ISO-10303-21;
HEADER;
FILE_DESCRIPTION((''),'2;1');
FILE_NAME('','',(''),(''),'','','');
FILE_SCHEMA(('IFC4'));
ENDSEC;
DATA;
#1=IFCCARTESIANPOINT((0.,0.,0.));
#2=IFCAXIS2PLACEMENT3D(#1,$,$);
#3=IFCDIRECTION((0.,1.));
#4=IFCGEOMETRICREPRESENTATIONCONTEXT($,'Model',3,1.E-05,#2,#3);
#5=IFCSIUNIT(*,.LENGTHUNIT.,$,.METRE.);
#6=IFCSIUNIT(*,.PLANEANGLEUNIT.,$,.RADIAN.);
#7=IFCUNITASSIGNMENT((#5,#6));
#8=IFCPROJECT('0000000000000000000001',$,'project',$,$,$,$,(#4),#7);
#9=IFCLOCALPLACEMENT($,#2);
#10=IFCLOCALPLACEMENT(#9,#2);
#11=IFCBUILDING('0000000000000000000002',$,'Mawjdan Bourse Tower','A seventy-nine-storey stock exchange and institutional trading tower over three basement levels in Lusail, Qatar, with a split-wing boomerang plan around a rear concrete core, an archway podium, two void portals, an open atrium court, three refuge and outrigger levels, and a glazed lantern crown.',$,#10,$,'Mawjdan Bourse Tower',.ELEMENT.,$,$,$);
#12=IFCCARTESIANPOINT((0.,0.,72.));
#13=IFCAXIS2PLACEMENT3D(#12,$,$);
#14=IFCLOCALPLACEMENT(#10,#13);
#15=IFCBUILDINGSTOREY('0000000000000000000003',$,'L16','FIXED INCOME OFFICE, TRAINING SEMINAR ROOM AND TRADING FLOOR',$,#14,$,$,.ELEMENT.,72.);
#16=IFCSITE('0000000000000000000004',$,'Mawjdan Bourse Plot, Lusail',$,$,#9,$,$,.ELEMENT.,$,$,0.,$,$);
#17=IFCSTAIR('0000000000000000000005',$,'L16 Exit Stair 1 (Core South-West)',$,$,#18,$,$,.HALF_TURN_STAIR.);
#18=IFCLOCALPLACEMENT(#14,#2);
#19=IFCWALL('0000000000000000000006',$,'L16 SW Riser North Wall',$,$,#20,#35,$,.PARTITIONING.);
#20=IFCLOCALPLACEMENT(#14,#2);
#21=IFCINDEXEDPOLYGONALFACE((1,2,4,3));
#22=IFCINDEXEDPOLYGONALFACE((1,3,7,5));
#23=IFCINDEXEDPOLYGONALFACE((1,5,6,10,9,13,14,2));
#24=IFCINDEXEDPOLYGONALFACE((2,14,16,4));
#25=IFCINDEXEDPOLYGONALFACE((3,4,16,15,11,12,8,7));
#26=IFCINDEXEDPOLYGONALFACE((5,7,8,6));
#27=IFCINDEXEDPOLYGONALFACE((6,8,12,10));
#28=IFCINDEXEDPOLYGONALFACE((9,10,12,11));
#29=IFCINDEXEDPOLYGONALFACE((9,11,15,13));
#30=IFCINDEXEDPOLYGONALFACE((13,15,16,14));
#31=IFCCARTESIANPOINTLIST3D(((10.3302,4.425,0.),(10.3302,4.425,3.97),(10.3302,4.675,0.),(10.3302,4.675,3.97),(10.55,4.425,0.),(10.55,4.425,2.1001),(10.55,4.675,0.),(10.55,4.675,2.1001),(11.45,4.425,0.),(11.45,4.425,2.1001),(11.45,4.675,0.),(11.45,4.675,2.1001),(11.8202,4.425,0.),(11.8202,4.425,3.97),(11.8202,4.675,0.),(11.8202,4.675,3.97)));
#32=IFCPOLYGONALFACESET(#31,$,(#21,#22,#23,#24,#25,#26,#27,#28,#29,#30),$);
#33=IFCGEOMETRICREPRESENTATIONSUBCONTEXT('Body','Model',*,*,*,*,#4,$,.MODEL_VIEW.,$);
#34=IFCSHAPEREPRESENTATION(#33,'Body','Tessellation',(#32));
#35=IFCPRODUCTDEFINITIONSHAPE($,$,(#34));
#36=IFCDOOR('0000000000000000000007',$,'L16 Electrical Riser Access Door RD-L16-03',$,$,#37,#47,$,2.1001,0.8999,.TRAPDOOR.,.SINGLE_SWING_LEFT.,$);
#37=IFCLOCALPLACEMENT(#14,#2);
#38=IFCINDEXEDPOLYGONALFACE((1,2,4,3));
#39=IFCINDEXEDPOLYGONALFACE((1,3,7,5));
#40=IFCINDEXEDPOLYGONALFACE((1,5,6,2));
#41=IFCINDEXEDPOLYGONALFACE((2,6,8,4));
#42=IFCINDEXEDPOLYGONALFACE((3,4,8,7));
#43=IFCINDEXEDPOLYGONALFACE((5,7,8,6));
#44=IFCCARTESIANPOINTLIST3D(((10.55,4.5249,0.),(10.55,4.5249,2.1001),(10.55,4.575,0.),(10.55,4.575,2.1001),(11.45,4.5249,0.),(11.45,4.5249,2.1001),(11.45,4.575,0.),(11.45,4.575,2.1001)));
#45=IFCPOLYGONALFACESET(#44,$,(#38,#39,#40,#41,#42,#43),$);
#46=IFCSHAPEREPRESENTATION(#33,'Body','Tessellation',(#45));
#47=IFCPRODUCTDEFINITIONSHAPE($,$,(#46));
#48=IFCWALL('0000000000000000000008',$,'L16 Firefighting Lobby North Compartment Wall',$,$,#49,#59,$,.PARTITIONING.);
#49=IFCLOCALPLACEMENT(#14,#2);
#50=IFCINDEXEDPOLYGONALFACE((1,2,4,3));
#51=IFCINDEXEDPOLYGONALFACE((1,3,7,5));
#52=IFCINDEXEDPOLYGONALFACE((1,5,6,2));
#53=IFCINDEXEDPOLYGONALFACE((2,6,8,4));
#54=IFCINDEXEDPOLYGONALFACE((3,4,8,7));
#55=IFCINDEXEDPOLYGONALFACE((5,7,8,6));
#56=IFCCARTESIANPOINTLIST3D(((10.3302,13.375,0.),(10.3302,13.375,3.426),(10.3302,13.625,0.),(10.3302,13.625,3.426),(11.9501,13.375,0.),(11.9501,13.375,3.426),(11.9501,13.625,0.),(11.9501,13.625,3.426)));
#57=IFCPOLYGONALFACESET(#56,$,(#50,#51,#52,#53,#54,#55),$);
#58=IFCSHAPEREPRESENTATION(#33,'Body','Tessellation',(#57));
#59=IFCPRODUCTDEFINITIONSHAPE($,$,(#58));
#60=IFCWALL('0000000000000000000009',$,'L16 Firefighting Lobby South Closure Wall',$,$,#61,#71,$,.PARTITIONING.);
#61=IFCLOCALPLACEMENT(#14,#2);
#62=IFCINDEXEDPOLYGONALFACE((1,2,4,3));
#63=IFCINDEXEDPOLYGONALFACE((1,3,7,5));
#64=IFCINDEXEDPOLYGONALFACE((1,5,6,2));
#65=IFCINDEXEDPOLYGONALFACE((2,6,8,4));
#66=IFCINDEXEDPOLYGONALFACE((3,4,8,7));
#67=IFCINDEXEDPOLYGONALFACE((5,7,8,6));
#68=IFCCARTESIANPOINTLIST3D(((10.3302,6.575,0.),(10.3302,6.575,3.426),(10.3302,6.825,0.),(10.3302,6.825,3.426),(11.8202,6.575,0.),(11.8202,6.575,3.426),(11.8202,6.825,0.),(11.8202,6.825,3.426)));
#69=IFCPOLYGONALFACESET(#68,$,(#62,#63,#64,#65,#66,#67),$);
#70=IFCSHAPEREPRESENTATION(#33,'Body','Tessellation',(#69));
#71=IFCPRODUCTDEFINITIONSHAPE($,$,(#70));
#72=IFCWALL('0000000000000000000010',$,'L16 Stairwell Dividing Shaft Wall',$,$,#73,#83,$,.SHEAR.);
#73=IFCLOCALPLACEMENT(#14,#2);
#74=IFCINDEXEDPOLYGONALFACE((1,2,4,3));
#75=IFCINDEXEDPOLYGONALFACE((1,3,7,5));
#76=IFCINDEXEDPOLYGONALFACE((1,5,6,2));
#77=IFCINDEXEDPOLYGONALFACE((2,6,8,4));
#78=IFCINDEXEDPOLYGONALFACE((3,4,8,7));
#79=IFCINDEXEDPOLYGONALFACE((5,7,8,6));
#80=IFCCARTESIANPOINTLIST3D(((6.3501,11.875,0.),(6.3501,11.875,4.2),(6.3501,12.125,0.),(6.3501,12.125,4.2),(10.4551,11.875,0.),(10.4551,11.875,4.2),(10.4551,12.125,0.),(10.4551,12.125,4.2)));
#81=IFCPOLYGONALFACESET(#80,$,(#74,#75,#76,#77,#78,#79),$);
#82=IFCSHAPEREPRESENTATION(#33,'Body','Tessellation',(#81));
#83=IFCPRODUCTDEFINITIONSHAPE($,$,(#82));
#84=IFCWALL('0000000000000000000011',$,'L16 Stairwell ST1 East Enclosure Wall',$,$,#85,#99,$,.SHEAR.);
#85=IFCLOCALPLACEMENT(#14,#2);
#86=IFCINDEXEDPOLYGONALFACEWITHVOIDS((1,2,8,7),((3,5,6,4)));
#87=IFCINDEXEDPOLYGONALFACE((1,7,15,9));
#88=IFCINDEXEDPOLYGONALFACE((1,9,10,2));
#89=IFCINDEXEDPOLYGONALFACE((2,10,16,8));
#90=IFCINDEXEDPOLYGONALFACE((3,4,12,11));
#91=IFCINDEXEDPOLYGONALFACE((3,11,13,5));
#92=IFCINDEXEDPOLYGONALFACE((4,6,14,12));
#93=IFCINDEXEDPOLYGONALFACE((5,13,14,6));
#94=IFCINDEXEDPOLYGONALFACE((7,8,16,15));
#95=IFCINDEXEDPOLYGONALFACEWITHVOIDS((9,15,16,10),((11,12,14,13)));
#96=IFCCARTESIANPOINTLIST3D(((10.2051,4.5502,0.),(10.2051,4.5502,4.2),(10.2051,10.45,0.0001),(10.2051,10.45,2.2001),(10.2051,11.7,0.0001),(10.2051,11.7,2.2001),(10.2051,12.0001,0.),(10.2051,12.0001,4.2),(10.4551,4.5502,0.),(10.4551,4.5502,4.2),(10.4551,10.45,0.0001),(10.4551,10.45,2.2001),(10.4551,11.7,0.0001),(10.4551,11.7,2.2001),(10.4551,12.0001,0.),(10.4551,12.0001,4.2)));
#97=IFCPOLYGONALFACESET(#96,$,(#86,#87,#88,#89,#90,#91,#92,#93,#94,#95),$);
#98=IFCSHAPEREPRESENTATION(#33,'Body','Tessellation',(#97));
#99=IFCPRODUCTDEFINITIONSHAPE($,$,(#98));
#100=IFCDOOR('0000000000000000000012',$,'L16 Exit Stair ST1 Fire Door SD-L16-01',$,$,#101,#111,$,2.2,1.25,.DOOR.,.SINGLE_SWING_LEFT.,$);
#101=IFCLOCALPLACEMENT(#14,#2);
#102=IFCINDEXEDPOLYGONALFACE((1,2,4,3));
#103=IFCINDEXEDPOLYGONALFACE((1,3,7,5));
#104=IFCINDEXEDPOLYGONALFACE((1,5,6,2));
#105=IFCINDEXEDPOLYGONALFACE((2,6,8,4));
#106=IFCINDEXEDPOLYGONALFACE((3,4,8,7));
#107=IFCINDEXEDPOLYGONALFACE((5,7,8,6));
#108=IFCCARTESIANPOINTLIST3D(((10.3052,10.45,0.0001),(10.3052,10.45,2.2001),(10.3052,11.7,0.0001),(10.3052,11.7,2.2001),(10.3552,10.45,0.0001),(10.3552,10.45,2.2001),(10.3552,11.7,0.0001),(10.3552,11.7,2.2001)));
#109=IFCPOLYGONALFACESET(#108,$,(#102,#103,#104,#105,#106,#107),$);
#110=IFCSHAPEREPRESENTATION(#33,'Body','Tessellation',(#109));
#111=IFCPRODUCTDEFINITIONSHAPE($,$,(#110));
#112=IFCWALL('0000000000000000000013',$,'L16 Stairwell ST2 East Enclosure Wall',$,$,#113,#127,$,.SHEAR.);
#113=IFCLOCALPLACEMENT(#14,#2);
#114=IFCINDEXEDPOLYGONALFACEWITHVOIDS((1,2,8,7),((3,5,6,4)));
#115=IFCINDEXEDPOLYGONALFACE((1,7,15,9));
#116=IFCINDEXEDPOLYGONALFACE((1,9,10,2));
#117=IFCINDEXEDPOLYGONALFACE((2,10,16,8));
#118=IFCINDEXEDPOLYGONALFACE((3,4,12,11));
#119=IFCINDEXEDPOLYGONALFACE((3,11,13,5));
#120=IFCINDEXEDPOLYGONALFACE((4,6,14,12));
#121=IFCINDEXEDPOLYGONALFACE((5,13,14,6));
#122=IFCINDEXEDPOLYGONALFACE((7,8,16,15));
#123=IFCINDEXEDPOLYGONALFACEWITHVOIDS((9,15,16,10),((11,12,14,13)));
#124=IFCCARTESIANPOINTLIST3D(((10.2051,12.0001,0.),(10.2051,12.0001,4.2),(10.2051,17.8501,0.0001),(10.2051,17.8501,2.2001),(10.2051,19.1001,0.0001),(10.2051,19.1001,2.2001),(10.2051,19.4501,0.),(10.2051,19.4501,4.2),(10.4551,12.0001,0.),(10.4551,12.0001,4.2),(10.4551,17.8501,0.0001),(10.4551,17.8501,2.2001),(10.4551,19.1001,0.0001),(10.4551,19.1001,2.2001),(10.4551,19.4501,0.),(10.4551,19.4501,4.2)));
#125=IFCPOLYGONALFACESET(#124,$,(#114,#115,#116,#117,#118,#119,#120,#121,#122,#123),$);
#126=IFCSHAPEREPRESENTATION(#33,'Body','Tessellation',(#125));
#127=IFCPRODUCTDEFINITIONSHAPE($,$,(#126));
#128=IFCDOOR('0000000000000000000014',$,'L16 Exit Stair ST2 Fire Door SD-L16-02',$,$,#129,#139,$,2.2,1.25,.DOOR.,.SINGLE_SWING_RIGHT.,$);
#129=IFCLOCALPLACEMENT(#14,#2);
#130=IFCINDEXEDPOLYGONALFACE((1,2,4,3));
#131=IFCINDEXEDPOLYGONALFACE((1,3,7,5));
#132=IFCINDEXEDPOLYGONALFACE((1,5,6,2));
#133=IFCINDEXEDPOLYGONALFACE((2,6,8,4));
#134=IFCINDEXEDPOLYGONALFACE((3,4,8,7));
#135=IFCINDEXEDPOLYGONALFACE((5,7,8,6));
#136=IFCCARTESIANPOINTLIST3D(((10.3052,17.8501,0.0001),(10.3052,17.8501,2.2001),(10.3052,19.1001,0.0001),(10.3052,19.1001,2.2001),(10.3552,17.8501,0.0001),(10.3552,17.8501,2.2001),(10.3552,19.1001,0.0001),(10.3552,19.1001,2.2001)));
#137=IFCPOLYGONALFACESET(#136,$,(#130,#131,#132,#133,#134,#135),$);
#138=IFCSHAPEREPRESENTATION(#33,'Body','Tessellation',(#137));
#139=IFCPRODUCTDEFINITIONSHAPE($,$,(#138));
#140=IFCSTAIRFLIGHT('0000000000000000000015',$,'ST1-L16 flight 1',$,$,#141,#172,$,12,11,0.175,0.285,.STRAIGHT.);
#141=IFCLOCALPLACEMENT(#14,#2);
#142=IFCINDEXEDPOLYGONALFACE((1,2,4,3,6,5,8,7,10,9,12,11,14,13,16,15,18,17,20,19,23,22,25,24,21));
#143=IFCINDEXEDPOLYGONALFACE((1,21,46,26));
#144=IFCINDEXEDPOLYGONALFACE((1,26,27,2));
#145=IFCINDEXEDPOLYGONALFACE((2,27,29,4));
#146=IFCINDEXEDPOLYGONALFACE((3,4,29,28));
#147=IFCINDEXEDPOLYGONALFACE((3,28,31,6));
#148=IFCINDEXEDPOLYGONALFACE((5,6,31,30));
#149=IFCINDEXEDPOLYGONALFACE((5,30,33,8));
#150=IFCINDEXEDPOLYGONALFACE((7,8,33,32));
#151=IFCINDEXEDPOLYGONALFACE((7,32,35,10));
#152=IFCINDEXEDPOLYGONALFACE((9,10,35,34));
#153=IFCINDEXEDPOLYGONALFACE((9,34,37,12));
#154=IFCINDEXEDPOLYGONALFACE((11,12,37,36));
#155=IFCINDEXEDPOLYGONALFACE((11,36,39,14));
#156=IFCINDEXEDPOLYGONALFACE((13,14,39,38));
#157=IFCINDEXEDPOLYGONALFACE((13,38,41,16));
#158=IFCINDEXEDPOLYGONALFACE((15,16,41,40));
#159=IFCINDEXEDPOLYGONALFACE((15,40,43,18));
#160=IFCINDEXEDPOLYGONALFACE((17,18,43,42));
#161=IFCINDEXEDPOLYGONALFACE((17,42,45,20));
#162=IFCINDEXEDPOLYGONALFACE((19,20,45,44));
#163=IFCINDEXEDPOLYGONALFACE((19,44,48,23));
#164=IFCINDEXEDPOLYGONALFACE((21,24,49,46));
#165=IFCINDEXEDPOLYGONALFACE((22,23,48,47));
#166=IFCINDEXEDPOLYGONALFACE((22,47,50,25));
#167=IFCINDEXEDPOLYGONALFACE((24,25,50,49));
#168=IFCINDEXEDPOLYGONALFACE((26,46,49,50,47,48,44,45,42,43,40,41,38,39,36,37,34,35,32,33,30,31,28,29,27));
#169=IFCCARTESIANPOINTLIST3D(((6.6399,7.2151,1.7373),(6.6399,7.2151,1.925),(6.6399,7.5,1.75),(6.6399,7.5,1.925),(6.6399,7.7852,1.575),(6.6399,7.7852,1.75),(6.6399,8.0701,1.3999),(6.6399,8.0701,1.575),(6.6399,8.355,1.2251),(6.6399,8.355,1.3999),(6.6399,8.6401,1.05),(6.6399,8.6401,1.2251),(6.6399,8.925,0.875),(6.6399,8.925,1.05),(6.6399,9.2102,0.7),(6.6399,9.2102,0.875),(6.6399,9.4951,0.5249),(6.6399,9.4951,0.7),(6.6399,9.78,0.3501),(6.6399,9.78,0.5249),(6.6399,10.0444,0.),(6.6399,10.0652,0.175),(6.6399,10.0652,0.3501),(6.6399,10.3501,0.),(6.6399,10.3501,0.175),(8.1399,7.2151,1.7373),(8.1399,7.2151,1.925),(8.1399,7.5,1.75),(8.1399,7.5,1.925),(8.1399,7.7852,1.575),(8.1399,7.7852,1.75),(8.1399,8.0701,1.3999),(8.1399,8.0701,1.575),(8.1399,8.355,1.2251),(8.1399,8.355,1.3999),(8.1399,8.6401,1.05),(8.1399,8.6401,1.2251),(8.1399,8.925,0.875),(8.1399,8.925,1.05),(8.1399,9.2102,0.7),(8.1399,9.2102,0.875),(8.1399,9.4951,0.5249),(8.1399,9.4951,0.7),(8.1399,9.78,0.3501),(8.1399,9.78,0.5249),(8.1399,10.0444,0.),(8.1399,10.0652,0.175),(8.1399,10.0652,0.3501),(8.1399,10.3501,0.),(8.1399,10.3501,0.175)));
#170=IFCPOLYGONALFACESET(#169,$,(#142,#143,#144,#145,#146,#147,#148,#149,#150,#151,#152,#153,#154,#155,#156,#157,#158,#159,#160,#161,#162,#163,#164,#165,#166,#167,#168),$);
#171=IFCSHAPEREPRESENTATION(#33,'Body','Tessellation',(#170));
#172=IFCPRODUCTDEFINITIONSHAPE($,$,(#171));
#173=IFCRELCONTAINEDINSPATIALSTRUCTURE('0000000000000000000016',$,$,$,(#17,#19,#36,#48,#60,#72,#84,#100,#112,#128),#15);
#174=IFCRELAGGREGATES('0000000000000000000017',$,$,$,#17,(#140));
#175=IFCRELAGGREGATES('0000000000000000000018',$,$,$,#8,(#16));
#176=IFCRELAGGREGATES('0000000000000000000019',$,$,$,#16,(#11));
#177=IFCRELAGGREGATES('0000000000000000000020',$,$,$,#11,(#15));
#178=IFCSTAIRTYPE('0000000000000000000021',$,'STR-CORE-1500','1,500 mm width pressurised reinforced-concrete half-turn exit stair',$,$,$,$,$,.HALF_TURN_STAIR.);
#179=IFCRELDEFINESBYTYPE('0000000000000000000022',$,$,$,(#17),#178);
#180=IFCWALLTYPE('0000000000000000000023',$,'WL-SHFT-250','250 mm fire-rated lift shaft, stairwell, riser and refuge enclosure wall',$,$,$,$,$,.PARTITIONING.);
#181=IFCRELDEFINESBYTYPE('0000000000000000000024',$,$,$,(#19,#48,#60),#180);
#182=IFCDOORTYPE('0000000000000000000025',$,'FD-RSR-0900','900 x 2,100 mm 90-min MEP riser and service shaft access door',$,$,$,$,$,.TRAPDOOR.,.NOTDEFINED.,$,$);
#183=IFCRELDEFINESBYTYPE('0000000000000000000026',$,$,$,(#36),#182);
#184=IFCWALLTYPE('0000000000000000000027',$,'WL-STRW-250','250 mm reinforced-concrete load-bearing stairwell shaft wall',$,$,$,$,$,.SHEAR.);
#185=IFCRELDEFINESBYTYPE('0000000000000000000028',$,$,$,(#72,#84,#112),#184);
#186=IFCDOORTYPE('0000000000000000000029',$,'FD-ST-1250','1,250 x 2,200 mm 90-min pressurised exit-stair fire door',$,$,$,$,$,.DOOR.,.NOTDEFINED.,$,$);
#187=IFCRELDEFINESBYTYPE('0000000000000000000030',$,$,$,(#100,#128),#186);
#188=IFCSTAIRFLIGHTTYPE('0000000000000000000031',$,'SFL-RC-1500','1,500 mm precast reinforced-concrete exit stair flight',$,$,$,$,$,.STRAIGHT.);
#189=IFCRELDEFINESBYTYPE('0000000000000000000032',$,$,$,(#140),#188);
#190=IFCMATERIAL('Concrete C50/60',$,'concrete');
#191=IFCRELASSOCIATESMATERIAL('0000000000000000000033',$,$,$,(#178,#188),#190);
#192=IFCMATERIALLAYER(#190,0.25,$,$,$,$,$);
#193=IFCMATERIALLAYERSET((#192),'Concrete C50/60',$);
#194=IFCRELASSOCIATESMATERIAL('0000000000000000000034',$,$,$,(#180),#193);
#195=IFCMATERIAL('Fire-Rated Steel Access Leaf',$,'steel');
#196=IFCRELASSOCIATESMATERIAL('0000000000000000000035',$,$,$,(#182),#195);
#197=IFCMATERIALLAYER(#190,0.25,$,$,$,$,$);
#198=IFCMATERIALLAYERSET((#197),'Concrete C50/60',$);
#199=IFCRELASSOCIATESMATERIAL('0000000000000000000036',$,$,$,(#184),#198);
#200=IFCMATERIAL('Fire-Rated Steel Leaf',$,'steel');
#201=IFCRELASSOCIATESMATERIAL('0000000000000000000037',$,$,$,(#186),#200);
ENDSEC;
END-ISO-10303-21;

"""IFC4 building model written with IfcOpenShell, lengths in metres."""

from ifc_helpers import new_model, si_unit, direction, frame, frame_2d, origin, place, context, subcontext, project, spatial, polyline, rectangle, outline, extrude, material, layer, layer_set, type_object, element, fill, aggregate, save


model = new_model("IFC4")

# Units and contexts
model_context = context("Model", 3, precision=1e-05, world=origin(), true_north=direction((0.0, 1.0)))
body_context = subcontext(model_context, "Body", "Model", "MODEL_VIEW")
ifc_project = project(units=[si_unit("LENGTHUNIT", "METRE"), si_unit("PLANEANGLEUNIT", "RADIAN")], contexts=[model_context])

# Site, building, storey
site_placement = place(None, origin())
site = spatial("IfcSite", under=ifc_project, at=site_placement, Name="Mawjdan Bourse Plot, Lusail", CompositionType="ELEMENT", RefElevation=0.0)
building_placement = place(site_placement, origin())
building = spatial("IfcBuilding", under=site, at=building_placement, Name="Mawjdan Bourse Tower", Description="A seventy-nine-storey stock exchange and institutional trading tower over three basement levels in Lusail, Qatar, with a split-wing boomerang plan around a rear concrete core, an archway podium, two void portals, an open atrium court, three refuge and outrigger levels, and a glazed lantern crown.", LongName="Mawjdan Bourse Tower", CompositionType="ELEMENT")
storey_placement = place(building_placement, frame((0.0, 0.0, 72.0)))
storey = spatial("IfcBuildingStorey", under=building, at=storey_placement, Name="L16", Description="FIXED INCOME OFFICE, TRAINING SEMINAR ROOM AND TRADING FLOOR", CompositionType="ELEMENT", Elevation=72.0)

# Stair
ifc_material_1 = material(Name="Concrete C50/60", Category="concrete")
stair_type = type_object("IfcStairType", Name="STR-CORE-1500", Description="1,500 mm width pressurised reinforced-concrete half-turn exit stair", PredefinedType="HALF_TURN_STAIR", material=ifc_material_1)
stair_1_placement = place(storey_placement, origin())
stair_1 = element("IfcStair", 1, at=stair_1_placement, inside=storey, type_object=stair_type, Name="L16 Exit Stair 1 (Core South-West)", PredefinedType="HALF_TURN_STAIR")

# Wall, opening, door
ifc_layer_1 = layer(ifc_material_1, 0.25)
ifc_layer_set_1 = layer_set([ifc_layer_1], Name="Concrete C50/60")
wall_type_1 = type_object("IfcWallType", Name="WL-SHFT-250", Description="250 mm fire-rated lift shaft, stairwell, riser and refuge enclosure wall", PredefinedType="PARTITIONING", material=ifc_layer_set_1)
wall_1_placement = place(storey_placement, frame((10.3301, 4.55, 0.0), z_axis=(0.0, 0.0, 1.0), x_axis=(1.0, 0.0, 0.0)))
wall_1 = element("IfcWall", 2, at=wall_1_placement, inside=storey, type_object=wall_type_1, Name="L16 SW Riser North Wall", PredefinedType="PARTITIONING", context=body_context, shape_type="SweptSolid", body=[
    extrude(rectangle(XDim=1.49, YDim=0.25, at=frame_2d((0.7451, 0.0))), origin(), (0.0, 0.0, 1.0), 3.97),
])
opening_1_placement = place(wall_1_placement, frame((0.22, 0.0, 0.0)))
opening_1 = element("IfcOpeningElement", 3, at=opening_1_placement, cuts=wall_1, PredefinedType="OPENING", context=body_context, shape_type="SweptSolid", body=[
    extrude(rectangle(XDim=0.8999, YDim=2.1001, at=frame_2d((0.45, 1.05))), frame((0.0, 0.135, 0.0), z_axis=(0.0, -1.0, 0.0), x_axis=(1.0, 0.0, 0.0)), (0.0, 0.0, 1.0), 0.27),
])
ifc_material_2 = material(Name="Fire-Rated Steel Access Leaf", Category="steel")
door_type_1 = type_object("IfcDoorType", Name="FD-RSR-0900", Description="900 x 2,100 mm 90-min MEP riser and service shaft access door", OperationType="NOTDEFINED", PredefinedType="TRAPDOOR", material=ifc_material_2)
door_1_placement = place(opening_1_placement, origin())
door_1 = element("IfcDoor", 4, at=door_1_placement, inside=storey, type_object=door_type_1, Name="L16 Electrical Riser Access Door RD-L16-03", OperationType="SINGLE_SWING_LEFT", OverallHeight=2.1001, OverallWidth=0.8999, PredefinedType="TRAPDOOR", context=body_context, shape_type="SweptSolid", body=[
    extrude(rectangle(XDim=0.8999, YDim=2.1001, at=frame_2d((0.45, 1.05))), frame((0.0, 0.0249, 0.0), z_axis=(0.0, -1.0, 0.0), x_axis=(1.0, 0.0, 0.0)), (0.0, 0.0, 1.0), 0.05),
])
fill(opening_1, door_1)

# Walls
wall_2_placement = place(storey_placement, frame((10.3301, 13.5, 0.0), z_axis=(0.0, 0.0, 1.0), x_axis=(1.0, 0.0, 0.0)))
element("IfcWall", 5, at=wall_2_placement, inside=storey, type_object=wall_type_1, Name="L16 Firefighting Lobby North Compartment Wall", PredefinedType="PARTITIONING", context=body_context, shape_type="SweptSolid", body=[
    extrude(rectangle(XDim=1.6199, YDim=0.25, at=frame_2d((0.8101, 0.0))), origin(), (0.0, 0.0, 1.0), 3.426),
])
wall_3_placement = place(storey_placement, frame((10.3301, 6.7, 0.0), z_axis=(0.0, 0.0, 1.0), x_axis=(1.0, 0.0, 0.0)))
element("IfcWall", 6, at=wall_3_placement, inside=storey, type_object=wall_type_1, Name="L16 Firefighting Lobby South Closure Wall", PredefinedType="PARTITIONING", context=body_context, shape_type="SweptSolid", body=[
    extrude(rectangle(XDim=1.49, YDim=0.25, at=frame_2d((0.7451, 0.0))), origin(), (0.0, 0.0, 1.0), 3.426),
])
ifc_layer_2 = layer(ifc_material_1, 0.25)
ifc_layer_set_2 = layer_set([ifc_layer_2], Name="Concrete C50/60")
wall_type_2 = type_object("IfcWallType", Name="WL-STRW-250", Description="250 mm reinforced-concrete load-bearing stairwell shaft wall", PredefinedType="SHEAR", material=ifc_layer_set_2)
wall_4_placement = place(storey_placement, frame((6.3501, 12.0, 0.0), z_axis=(0.0, 0.0, 1.0), x_axis=(1.0, 0.0, 0.0)))
element("IfcWall", 7, at=wall_4_placement, inside=storey, type_object=wall_type_2, Name="L16 Stairwell Dividing Shaft Wall", PredefinedType="SHEAR", context=body_context, shape_type="SweptSolid", body=[
    extrude(rectangle(XDim=4.105, YDim=0.25, at=frame_2d((2.0525, 0.0))), origin(), (0.0, 0.0, 1.0), 4.2),
])

# Walls, openings, doors
wall_5_placement = place(storey_placement, frame((10.3301, 4.55, 0.0), z_axis=(0.0, 0.0, 1.0), x_axis=(0.0, 1.0, 0.0)))
wall_5 = element("IfcWall", 8, at=wall_5_placement, inside=storey, type_object=wall_type_2, Name="L16 Stairwell ST1 East Enclosure Wall", PredefinedType="SHEAR", context=body_context, shape_type="SweptSolid", body=[
    extrude(rectangle(XDim=7.45, YDim=0.25, at=frame_2d((3.7251, 0.0))), origin(), (0.0, 0.0, 1.0), 4.2),
])
opening_2_placement = place(wall_5_placement, frame((5.8999, 0.0, 0.0)))
opening_2 = element("IfcOpeningElement", 9, at=opening_2_placement, cuts=wall_5, PredefinedType="OPENING", context=body_context, shape_type="SweptSolid", body=[
    extrude(rectangle(XDim=1.25, YDim=2.2, at=frame_2d((0.625, 1.1001))), frame((0.0, 0.135, 0.0), z_axis=(0.0, -1.0, 0.0), x_axis=(1.0, 0.0, 0.0)), (0.0, 0.0, 1.0), 0.27),
])
ifc_material_3 = material(Name="Fire-Rated Steel Leaf", Category="steel")
door_type_2 = type_object("IfcDoorType", Name="FD-ST-1250", Description="1,250 x 2,200 mm 90-min pressurised exit-stair fire door", OperationType="NOTDEFINED", PredefinedType="DOOR", material=ifc_material_3)
door_2_placement = place(opening_2_placement, origin())
door_2 = element("IfcDoor", 10, at=door_2_placement, inside=storey, type_object=door_type_2, Name="L16 Exit Stair ST1 Fire Door SD-L16-01", OperationType="SINGLE_SWING_LEFT", OverallHeight=2.2, OverallWidth=1.25, PredefinedType="DOOR", context=body_context, shape_type="SweptSolid", body=[
    extrude(rectangle(XDim=1.25, YDim=2.2, at=frame_2d((0.625, 1.1001))), frame((0.0, 0.0249, 0.0), z_axis=(0.0, -1.0, 0.0), x_axis=(1.0, 0.0, 0.0)), (0.0, 0.0, 1.0), 0.05),
])
fill(opening_2, door_2)
wall_6_placement = place(storey_placement, frame((10.3301, 12.0, 0.0), z_axis=(0.0, 0.0, 1.0), x_axis=(0.0, 1.0, 0.0)))
wall_6 = element("IfcWall", 11, at=wall_6_placement, inside=storey, type_object=wall_type_2, Name="L16 Stairwell ST2 East Enclosure Wall", PredefinedType="SHEAR", context=body_context, shape_type="SweptSolid", body=[
    extrude(rectangle(XDim=7.45, YDim=0.25, at=frame_2d((3.7251, 0.0))), origin(), (0.0, 0.0, 1.0), 4.2),
])
opening_3_placement = place(wall_6_placement, frame((5.8501, 0.0, 0.0)))
opening_3 = element("IfcOpeningElement", 12, at=opening_3_placement, cuts=wall_6, PredefinedType="OPENING", context=body_context, shape_type="SweptSolid", body=[
    extrude(rectangle(XDim=1.25, YDim=2.2, at=frame_2d((0.625, 1.1001))), frame((0.0, 0.135, 0.0), z_axis=(0.0, -1.0, 0.0), x_axis=(1.0, 0.0, 0.0)), (0.0, 0.0, 1.0), 0.27),
])
door_3_placement = place(opening_3_placement, origin())
door_3 = element("IfcDoor", 13, at=door_3_placement, inside=storey, type_object=door_type_2, Name="L16 Exit Stair ST2 Fire Door SD-L16-02", OperationType="SINGLE_SWING_RIGHT", OverallHeight=2.2, OverallWidth=1.25, PredefinedType="DOOR", context=body_context, shape_type="SweptSolid", body=[
    extrude(rectangle(XDim=1.25, YDim=2.2, at=frame_2d((0.625, 1.1001))), frame((0.0, 0.0249, 0.0), z_axis=(0.0, -1.0, 0.0), x_axis=(1.0, 0.0, 0.0)), (0.0, 0.0, 1.0), 0.05),
])
fill(opening_3, door_3)

# Stair flight
stair_flight_type = type_object("IfcStairFlightType", Name="SFL-RC-1500", Description="1,500 mm precast reinforced-concrete exit stair flight", PredefinedType="STRAIGHT", material=ifc_material_1)
stair_flight_1_placement = place(storey_placement, frame((7.3899, 10.3501, 0.0), z_axis=(0.0, 0.0, 1.0), x_axis=(0.0, -1.0, 0.0)))
stair_flight_1 = element("IfcStairFlight", 14, at=stair_flight_1_placement, type_object=stair_flight_type, Name="ST1-L16 flight 1", NumberOfRisers=12, NumberOfTreads=11, PredefinedType="STRAIGHT", RiserHeight=0.175, TreadLength=0.285, context=body_context, shape_type="SweptSolid", body=[
    extrude(outline(polyline([(0.0, 0.0), (0.0, 0.175), (0.2849, 0.175), (0.2849, 0.3501), (0.5701, 0.3501), (0.5701, 0.5249), (0.855, 0.5249), (0.855, 0.7), (1.1399, 0.7), (1.1399, 0.875), (1.425, 0.875), (1.425, 1.05), (1.71, 1.05), (1.71, 1.2251), (1.9951, 1.2251), (1.9951, 1.3999), (2.28, 1.3999), (2.28, 1.575), (2.5649, 1.575), (2.5649, 1.75), (2.8501, 1.75), (2.8501, 1.925), (3.135, 1.925), (3.135, 2.1001), (3.135, 1.7373), (0.3057, 0.0), (0.0, 0.0)])), frame((0.0, 0.75, 0.0), z_axis=(0.0, -1.0, 0.0), x_axis=(1.0, 0.0, 0.0)), (0.0, 0.0, 1.0), 1.5),
])
aggregate(stair_1, [stair_flight_1])

save(model, "model.ifc")
